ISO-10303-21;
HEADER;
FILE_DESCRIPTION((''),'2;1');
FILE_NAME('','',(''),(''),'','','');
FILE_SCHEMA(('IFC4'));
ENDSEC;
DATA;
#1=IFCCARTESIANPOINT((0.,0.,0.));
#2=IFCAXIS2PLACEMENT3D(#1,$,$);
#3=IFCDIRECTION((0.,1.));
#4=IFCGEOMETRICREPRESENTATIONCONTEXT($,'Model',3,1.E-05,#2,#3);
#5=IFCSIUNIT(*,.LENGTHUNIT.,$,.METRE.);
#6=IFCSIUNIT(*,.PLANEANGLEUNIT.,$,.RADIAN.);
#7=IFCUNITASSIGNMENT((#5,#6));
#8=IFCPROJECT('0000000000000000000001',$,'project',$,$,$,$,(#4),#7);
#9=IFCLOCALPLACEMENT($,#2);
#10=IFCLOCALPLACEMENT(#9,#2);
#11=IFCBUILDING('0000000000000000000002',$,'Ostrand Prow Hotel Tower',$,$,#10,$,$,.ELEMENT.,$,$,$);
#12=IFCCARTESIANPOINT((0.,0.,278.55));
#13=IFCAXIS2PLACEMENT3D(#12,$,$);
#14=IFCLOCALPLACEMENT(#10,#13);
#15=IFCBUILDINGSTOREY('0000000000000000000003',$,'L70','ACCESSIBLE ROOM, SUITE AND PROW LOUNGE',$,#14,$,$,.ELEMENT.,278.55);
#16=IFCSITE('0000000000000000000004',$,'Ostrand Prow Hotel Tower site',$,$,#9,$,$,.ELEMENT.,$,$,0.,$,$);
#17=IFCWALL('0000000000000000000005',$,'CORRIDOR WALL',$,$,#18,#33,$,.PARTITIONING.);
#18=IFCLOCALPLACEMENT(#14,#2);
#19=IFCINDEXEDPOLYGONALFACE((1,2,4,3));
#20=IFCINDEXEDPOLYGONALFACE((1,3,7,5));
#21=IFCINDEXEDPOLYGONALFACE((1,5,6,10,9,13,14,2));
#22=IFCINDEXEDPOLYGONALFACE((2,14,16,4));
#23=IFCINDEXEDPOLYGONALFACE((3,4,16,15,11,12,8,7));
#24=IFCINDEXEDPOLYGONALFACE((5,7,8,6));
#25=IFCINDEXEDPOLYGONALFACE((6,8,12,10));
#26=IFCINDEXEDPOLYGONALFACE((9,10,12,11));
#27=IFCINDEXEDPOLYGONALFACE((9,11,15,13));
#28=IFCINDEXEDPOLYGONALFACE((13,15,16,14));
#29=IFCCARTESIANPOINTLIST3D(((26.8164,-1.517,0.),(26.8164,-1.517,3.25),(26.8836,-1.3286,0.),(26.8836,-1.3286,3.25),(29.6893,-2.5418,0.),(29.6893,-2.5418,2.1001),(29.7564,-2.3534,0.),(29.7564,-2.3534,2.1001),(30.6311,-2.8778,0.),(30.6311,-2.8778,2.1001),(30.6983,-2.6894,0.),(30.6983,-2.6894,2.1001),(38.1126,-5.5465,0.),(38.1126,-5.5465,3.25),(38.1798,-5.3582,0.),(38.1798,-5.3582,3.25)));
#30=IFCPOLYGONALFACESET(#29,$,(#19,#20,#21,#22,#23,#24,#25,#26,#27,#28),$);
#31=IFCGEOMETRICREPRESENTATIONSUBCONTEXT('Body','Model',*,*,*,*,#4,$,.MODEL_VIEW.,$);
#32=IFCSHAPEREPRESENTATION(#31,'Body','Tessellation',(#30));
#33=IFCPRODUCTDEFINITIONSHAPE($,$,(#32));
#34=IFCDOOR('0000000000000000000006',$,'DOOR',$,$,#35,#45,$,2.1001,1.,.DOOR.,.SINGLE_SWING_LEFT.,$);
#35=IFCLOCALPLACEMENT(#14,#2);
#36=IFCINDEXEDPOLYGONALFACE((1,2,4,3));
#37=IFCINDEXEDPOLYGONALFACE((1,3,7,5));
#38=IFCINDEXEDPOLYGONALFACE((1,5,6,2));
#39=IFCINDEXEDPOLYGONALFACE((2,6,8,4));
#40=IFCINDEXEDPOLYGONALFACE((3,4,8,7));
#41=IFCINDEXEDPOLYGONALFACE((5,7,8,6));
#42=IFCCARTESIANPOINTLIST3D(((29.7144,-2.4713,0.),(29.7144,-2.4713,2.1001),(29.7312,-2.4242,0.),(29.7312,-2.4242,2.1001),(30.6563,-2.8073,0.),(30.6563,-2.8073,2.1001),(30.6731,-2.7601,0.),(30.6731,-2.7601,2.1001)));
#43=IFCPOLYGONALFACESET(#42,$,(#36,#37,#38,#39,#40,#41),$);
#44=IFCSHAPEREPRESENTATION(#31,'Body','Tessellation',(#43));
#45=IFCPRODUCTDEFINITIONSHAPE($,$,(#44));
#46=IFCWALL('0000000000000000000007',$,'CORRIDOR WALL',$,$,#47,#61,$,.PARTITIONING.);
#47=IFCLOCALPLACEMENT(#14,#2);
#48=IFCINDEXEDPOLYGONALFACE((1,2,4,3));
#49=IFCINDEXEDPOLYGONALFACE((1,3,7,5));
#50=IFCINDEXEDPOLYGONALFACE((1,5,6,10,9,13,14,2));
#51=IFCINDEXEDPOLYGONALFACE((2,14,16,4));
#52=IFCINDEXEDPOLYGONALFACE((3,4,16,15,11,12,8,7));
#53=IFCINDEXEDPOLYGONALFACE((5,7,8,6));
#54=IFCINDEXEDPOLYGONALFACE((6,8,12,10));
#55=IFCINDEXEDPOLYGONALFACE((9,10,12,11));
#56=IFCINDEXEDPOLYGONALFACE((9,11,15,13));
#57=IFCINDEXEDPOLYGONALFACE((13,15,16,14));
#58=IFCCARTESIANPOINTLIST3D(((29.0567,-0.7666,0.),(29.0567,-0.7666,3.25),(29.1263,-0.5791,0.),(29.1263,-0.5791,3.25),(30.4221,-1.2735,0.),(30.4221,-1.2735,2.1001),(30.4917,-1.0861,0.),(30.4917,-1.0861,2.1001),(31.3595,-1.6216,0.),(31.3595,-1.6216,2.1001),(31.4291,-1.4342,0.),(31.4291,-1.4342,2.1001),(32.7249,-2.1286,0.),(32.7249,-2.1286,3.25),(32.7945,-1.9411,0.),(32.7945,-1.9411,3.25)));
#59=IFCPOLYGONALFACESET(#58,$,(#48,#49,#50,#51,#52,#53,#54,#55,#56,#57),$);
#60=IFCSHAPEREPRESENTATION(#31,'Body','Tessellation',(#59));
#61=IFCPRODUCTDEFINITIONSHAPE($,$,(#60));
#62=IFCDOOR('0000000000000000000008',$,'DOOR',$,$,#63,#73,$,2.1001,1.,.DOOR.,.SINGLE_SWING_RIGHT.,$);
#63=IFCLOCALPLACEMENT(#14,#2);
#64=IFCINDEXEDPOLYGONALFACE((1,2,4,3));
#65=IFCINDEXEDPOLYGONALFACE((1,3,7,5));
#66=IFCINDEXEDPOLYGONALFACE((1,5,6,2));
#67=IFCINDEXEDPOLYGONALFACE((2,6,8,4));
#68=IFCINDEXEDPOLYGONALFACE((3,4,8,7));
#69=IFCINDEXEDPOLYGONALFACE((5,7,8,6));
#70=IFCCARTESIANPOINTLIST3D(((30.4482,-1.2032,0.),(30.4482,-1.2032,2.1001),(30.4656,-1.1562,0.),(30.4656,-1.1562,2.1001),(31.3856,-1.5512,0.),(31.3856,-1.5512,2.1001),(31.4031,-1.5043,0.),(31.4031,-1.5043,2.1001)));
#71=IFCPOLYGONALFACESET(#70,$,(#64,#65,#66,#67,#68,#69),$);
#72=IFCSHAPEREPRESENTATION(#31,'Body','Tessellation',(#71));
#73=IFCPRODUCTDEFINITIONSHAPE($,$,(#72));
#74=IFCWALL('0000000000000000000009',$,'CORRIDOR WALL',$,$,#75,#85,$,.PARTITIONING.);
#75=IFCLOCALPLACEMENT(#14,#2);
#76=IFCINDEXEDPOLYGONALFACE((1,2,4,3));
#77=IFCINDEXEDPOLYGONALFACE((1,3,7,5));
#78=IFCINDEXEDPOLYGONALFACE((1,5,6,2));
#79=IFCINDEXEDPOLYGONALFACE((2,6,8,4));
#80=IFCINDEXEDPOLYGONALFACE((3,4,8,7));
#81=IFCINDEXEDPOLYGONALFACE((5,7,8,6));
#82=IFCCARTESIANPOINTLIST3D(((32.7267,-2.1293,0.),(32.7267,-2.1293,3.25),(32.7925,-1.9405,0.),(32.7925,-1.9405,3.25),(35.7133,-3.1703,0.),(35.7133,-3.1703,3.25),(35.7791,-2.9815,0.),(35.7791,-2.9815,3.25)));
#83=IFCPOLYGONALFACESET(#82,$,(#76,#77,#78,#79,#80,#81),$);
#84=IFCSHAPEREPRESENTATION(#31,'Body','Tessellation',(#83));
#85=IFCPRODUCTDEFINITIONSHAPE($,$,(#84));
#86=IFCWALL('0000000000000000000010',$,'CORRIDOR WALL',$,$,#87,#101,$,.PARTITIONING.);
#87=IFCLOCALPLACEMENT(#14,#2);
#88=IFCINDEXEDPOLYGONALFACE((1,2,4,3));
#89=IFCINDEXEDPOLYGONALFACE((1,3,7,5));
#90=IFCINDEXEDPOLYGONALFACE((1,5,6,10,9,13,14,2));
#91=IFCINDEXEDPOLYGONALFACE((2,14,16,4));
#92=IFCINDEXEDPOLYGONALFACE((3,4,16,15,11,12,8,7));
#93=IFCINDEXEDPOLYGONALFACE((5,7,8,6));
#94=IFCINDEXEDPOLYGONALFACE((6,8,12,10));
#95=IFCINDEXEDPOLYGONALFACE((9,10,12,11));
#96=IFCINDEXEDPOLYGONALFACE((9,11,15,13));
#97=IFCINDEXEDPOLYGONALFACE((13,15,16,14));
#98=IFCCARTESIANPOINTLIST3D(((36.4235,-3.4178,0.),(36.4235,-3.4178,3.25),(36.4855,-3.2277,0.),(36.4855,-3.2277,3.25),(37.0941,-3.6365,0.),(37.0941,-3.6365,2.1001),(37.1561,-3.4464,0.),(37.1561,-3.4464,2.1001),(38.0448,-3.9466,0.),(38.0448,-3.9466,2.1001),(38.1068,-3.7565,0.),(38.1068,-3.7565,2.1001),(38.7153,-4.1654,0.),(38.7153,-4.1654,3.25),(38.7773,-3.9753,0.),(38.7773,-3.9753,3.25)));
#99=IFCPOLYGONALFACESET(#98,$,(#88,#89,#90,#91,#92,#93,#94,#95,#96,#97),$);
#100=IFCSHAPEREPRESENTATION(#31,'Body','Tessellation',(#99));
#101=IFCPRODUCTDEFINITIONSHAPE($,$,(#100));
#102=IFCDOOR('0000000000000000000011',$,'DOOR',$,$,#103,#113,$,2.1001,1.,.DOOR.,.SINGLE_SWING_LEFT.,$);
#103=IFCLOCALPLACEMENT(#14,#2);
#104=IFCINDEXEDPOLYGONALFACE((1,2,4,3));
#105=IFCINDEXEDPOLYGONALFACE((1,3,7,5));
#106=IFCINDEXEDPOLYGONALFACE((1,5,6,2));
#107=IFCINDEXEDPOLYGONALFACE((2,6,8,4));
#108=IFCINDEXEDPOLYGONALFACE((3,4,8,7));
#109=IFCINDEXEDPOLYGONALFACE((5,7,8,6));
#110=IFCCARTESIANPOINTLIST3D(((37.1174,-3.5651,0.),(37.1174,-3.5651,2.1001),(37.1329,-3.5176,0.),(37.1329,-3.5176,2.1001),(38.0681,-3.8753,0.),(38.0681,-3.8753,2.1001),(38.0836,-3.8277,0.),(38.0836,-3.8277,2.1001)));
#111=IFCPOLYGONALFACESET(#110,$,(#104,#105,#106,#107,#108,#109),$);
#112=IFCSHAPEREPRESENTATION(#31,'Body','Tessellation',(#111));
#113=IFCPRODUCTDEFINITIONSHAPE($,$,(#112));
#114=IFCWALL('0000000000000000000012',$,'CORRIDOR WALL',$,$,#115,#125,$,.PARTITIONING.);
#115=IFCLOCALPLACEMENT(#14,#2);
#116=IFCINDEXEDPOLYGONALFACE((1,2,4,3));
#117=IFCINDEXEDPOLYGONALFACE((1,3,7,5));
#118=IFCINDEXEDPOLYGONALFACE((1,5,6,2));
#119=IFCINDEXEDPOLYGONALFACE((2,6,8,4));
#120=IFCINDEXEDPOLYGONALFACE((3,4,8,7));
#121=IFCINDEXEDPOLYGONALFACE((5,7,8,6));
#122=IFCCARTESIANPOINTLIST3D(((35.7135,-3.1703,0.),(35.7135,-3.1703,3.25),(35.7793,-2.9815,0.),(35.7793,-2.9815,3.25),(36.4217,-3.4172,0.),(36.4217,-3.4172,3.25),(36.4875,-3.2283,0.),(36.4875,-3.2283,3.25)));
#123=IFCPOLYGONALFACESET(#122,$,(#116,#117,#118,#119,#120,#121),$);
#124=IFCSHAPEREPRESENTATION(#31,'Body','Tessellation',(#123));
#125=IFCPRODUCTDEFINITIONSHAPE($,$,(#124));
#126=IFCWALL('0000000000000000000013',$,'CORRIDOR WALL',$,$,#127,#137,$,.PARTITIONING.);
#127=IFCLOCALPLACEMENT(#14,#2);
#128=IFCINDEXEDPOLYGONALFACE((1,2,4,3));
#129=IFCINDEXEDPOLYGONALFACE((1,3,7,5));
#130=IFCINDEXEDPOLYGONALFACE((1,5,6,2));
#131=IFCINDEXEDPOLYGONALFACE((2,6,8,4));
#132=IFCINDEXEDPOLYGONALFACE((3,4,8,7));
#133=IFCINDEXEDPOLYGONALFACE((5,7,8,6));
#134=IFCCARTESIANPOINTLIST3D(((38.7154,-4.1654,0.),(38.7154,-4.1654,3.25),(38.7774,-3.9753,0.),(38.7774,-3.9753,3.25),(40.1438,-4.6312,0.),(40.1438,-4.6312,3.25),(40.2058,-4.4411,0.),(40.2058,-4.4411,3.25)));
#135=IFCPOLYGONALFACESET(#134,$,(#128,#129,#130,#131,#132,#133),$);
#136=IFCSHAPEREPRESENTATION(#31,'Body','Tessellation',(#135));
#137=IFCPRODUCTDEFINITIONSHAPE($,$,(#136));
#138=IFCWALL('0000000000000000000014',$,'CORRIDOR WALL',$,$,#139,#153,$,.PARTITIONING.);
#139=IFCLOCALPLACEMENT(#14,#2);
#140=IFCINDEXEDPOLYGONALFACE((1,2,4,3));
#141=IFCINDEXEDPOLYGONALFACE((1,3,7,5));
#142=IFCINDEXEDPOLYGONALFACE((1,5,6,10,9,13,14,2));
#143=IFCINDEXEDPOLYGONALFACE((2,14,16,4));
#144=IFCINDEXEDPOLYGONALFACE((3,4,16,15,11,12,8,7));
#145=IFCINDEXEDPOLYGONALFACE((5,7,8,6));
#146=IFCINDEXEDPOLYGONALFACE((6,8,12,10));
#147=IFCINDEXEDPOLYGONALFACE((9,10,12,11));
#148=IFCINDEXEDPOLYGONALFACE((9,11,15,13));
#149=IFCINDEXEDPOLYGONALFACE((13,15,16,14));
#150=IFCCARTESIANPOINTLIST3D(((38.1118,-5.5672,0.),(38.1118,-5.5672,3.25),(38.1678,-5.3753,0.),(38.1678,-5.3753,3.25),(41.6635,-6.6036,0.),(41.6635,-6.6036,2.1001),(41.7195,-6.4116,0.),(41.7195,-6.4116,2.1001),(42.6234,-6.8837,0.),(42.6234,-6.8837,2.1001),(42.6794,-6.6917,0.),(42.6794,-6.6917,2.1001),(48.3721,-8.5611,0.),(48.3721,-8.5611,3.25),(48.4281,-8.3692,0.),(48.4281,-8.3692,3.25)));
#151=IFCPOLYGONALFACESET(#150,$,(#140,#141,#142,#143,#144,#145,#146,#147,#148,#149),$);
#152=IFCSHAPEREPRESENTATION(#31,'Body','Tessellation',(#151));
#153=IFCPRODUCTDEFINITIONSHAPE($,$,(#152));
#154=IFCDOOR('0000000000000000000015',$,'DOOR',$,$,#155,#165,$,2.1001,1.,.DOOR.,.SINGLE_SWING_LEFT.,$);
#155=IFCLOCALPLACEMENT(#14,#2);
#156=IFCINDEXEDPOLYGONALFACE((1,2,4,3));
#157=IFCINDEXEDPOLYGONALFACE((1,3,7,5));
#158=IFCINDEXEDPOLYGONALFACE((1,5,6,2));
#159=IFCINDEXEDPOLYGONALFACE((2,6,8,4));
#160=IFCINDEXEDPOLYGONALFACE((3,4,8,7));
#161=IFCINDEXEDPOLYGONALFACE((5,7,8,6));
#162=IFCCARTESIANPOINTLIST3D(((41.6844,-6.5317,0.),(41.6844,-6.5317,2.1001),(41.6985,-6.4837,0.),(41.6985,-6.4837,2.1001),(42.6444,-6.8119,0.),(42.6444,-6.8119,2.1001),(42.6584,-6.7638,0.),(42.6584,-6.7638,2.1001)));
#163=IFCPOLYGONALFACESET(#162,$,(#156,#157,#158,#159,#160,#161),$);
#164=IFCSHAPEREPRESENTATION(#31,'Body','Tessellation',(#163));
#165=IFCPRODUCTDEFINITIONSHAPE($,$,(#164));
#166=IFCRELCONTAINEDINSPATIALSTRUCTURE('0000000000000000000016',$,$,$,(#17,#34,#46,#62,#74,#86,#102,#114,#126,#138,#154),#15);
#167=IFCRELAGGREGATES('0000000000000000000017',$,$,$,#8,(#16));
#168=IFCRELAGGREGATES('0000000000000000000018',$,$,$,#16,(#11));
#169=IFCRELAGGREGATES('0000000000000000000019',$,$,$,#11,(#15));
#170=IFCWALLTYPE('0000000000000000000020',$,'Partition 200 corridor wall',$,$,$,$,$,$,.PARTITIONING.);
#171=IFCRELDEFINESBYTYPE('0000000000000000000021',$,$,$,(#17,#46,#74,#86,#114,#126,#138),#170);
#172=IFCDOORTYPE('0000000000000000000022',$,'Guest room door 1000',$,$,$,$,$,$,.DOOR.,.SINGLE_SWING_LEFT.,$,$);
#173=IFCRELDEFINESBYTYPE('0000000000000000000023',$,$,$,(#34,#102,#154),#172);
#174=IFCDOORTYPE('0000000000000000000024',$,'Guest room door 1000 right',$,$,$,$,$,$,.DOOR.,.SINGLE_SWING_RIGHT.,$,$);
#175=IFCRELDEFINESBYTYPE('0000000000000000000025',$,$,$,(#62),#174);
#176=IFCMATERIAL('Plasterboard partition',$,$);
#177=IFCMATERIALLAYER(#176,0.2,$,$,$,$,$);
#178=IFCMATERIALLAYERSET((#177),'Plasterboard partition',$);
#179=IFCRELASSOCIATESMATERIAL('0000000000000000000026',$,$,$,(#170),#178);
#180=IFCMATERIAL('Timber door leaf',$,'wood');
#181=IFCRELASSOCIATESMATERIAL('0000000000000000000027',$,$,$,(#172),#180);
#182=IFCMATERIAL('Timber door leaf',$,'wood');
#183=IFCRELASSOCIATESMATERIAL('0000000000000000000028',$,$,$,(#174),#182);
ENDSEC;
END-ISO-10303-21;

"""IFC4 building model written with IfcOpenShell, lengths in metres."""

from ifc_helpers import new_model, si_unit, direction, frame, frame_2d, origin, place, context, subcontext, project, spatial, rectangle, extrude, material, layer, layer_set, type_object, element, fill, save


model = new_model("IFC4")

# Units and contexts
model_context = context("Model", 3, precision=1e-05, world=origin(), true_north=direction((0.0, 1.0)))
body_context = subcontext(model_context, "Body", "Model", "MODEL_VIEW")
ifc_project = project(units=[si_unit("LENGTHUNIT", "METRE"), si_unit("PLANEANGLEUNIT", "RADIAN")], contexts=[model_context])

# Site, building, storey
site_placement = place(None, origin())
site = spatial("IfcSite", under=ifc_project, at=site_placement, Name="Ostrand Prow Hotel Tower site", CompositionType="ELEMENT", RefElevation=0.0)
building_placement = place(site_placement, origin())
building = spatial("IfcBuilding", under=site, at=building_placement, Name="Ostrand Prow Hotel Tower", CompositionType="ELEMENT")
storey_placement = place(building_placement, frame((0.0, 0.0, 278.55)))
storey = spatial("IfcBuildingStorey", under=building, at=storey_placement, Name="L70", Description="ACCESSIBLE ROOM, SUITE AND PROW LOUNGE", CompositionType="ELEMENT", Elevation=278.55)

# Walls, openings, doors
ifc_material_1 = material(Name="Plasterboard partition")
ifc_layer_1 = layer(ifc_material_1, 0.2)
ifc_layer_set_1 = layer_set([ifc_layer_1], Name="Plasterboard partition")
wall_type_1 = type_object("IfcWallType", Name="Partition 200 corridor wall", PredefinedType="PARTITIONING", material=ifc_layer_set_1)
wall_1_placement = place(storey_placement, frame((26.8501, -1.4229, 0.0), z_axis=(0.0, 0.0, 1.0), x_axis=(0.941868, -0.335982, 0.0)))
wall_1 = element("IfcWall", 1, at=wall_1_placement, inside=storey, type_object=wall_type_1, Name="CORRIDOR WALL", PredefinedType="PARTITIONING", context=body_context, shape_type="SweptSolid", body=[
    extrude(rectangle(XDim=11.9934, YDim=0.2, at=frame_2d((5.9966, 0.0))), origin(), (0.0, 0.0, 1.0), 3.25),
])
opening_1_placement = place(wall_1_placement, frame((3.05, 0.0, 0.0)))
opening_1 = element("IfcOpeningElement", 2, at=opening_1_placement, cuts=wall_1, PredefinedType="OPENING", context=body_context, shape_type="SweptSolid", body=[
    extrude(rectangle(XDim=1.0, YDim=2.1001, at=frame_2d((0.5, 1.05))), frame((0.0, 0.1099, 0.0), z_axis=(0.0, -1.0, 0.0), x_axis=(1.0, 0.0, 0.0)), (0.0, 0.0, 1.0), 0.22),
])
ifc_material_2 = material(Name="Timber door leaf", Category="wood")
door_type_1 = type_object("IfcDoorType", Name="Guest room door 1000", OperationType="SINGLE_SWING_LEFT", PredefinedType="DOOR", material=ifc_material_2)
door_1_placement = place(opening_1_placement, origin())
door_1 = element("IfcDoor", 3, at=door_1_placement, inside=storey, type_object=door_type_1, Name="DOOR", OperationType="SINGLE_SWING_LEFT", OverallHeight=2.1001, OverallWidth=1.0, PredefinedType="DOOR", context=body_context, shape_type="SweptSolid", body=[
    extrude(rectangle(XDim=1.0, YDim=2.1001, at=frame_2d((0.5, 1.05))), frame((0.0, 0.0249, 0.0), z_axis=(0.0, -1.0, 0.0), x_axis=(1.0, 0.0, 0.0)), (0.0, 0.0, 1.0), 0.05),
])
fill(opening_1, door_1)
wall_2_placement = place(storey_placement, frame((32.7598, -2.0349, 0.0), z_axis=(0.0, 0.0, 1.0), x_axis=(-0.93746, 0.348093, 0.0)))
wall_2 = element("IfcWall", 4, at=wall_2_placement, inside=storey, type_object=wall_type_1, Name="CORRIDOR WALL", PredefinedType="PARTITIONING", context=body_context, shape_type="SweptSolid", body=[
    extrude(rectangle(XDim=3.9128, YDim=0.2, at=frame_2d((1.9565, 0.0))), origin(), (0.0, 0.0, 1.0), 3.25),
])
opening_2_placement = place(wall_2_placement, frame((1.4565, 0.0, 0.0)))
opening_2 = element("IfcOpeningElement", 5, at=opening_2_placement, cuts=wall_2, PredefinedType="OPENING", context=body_context, shape_type="SweptSolid", body=[
    extrude(rectangle(XDim=1.0, YDim=2.1001, at=frame_2d((0.5, 1.05))), frame((0.0, 0.1099, 0.0), z_axis=(0.0, -1.0, 0.0), x_axis=(1.0, 0.0, 0.0)), (0.0, 0.0, 1.0), 0.22),
])
ifc_material_3 = material(Name="Timber door leaf", Category="wood")
door_type_2 = type_object("IfcDoorType", Name="Guest room door 1000 right", OperationType="SINGLE_SWING_RIGHT", PredefinedType="DOOR", material=ifc_material_3)
door_2_placement = place(opening_2_placement, origin())
door_2 = element("IfcDoor", 6, at=door_2_placement, inside=storey, type_object=door_type_2, Name="DOOR", OperationType="SINGLE_SWING_RIGHT", OverallHeight=2.1001, OverallWidth=1.0, PredefinedType="DOOR", context=body_context, shape_type="SweptSolid", body=[
    extrude(rectangle(XDim=1.0, YDim=2.1001, at=frame_2d((0.5, 1.05))), frame((0.0, 0.0249, 0.0), z_axis=(0.0, -1.0, 0.0), x_axis=(1.0, 0.0, 0.0)), (0.0, 0.0, 1.0), 0.05),
])
fill(opening_2, door_2)

# Wall
wall_3_placement = place(storey_placement, frame((35.7463, -3.0759, 0.0), z_axis=(0.0, 0.0, 1.0), x_axis=(-0.94428, 0.329143, 0.0)))
element("IfcWall", 7, at=wall_3_placement, inside=storey, type_object=wall_type_1, Name="CORRIDOR WALL", PredefinedType="PARTITIONING", context=body_context, shape_type="SweptSolid", body=[
    extrude(rectangle(XDim=3.1628, YDim=0.2, at=frame_2d((1.5815, 0.0))), origin(), (0.0, 0.0, 1.0), 3.25),
])

# Wall, opening, door
wall_4_placement = place(storey_placement, frame((38.7463, -4.0703, 0.0), z_axis=(0.0, 0.0, 1.0), x_axis=(-0.950699, 0.310114, 0.0)))
wall_4 = element("IfcWall", 8, at=wall_4_placement, inside=storey, type_object=wall_type_1, Name="CORRIDOR WALL", PredefinedType="PARTITIONING", context=body_context, shape_type="SweptSolid", body=[
    extrude(rectangle(XDim=2.4106, YDim=0.2, at=frame_2d((1.2053, 0.0))), origin(), (0.0, 0.0, 1.0), 3.25),
])
opening_3_placement = place(wall_4_placement, frame((0.7053, 0.0, 0.0)))
opening_3 = element("IfcOpeningElement", 9, at=opening_3_placement, cuts=wall_4, PredefinedType="OPENING", context=body_context, shape_type="SweptSolid", body=[
    extrude(rectangle(XDim=1.0, YDim=2.1001, at=frame_2d((0.5, 1.05))), frame((0.0, 0.1099, 0.0), z_axis=(0.0, -1.0, 0.0), x_axis=(1.0, 0.0, 0.0)), (0.0, 0.0, 1.0), 0.22),
])
door_3_placement = place(opening_3_placement, origin())
door_3 = element("IfcDoor", 10, at=door_3_placement, inside=storey, type_object=door_type_1, Name="DOOR", OperationType="SINGLE_SWING_LEFT", OverallHeight=2.1001, OverallWidth=1.0, PredefinedType="DOOR", context=body_context, shape_type="SweptSolid", body=[
    extrude(rectangle(XDim=1.0, YDim=2.1001, at=frame_2d((0.5, 1.05))), frame((0.0, 0.0249, 0.0), z_axis=(0.0, -1.0, 0.0), x_axis=(1.0, 0.0, 0.0)), (0.0, 0.0, 1.0), 0.05),
])
fill(opening_3, door_3)

# Walls
wall_5_placement = place(storey_placement, frame((36.4546, -3.3228, 0.0), z_axis=(0.0, 0.0, 1.0), x_axis=(-0.944299, 0.329089, 0.0)))
element("IfcWall", 11, at=wall_5_placement, inside=storey, type_object=wall_type_1, Name="CORRIDOR WALL", PredefinedType="PARTITIONING", context=body_context, shape_type="SweptSolid", body=[
    extrude(rectangle(XDim=0.75, YDim=0.2, at=frame_2d((0.375, 0.0))), origin(), (0.0, 0.0, 1.0), 3.25),
])
wall_6_placement = place(storey_placement, frame((40.1748, -4.5361, 0.0), z_axis=(0.0, 0.0, 1.0), x_axis=(-0.950727, 0.31003, 0.0)))
element("IfcWall", 12, at=wall_6_placement, inside=storey, type_object=wall_type_1, Name="CORRIDOR WALL", PredefinedType="PARTITIONING", context=body_context, shape_type="SweptSolid", body=[
    extrude(rectangle(XDim=1.5024, YDim=0.2, at=frame_2d((0.7512, 0.0))), origin(), (0.0, 0.0, 1.0), 3.25),
])

# Wall, opening, door
wall_7_placement = place(storey_placement, frame((38.1396, -5.4712, 0.0), z_axis=(0.0, 0.0, 1.0), x_axis=(0.959967, -0.280114, 0.0)))
wall_7 = element("IfcWall", 13, at=wall_7_placement, inside=storey, type_object=wall_type_1, Name="CORRIDOR WALL", PredefinedType="PARTITIONING", context=body_context, shape_type="SweptSolid", body=[
    extrude(rectangle(XDim=10.6882, YDim=0.2, at=frame_2d((5.3442, 0.0))), origin(), (0.0, 0.0, 1.0), 3.25),
])
opening_4_placement = place(wall_7_placement, frame((3.7, 0.0, 0.0)))
opening_4 = element("IfcOpeningElement", 14, at=opening_4_placement, cuts=wall_7, PredefinedType="OPENING", context=body_context, shape_type="SweptSolid", body=[
    extrude(rectangle(XDim=1.0, YDim=2.1001, at=frame_2d((0.5, 1.05))), frame((0.0, 0.1099, 0.0), z_axis=(0.0, -1.0, 0.0), x_axis=(1.0, 0.0, 0.0)), (0.0, 0.0, 1.0), 0.22),
])
door_4_placement = place(opening_4_placement, origin())
door_4 = element("IfcDoor", 15, at=door_4_placement, inside=storey, type_object=door_type_1, Name="DOOR", OperationType="SINGLE_SWING_LEFT", OverallHeight=2.1001, OverallWidth=1.0, PredefinedType="DOOR", context=body_context, shape_type="SweptSolid", body=[
    extrude(rectangle(XDim=1.0, YDim=2.1001, at=frame_2d((0.5, 1.05))), frame((0.0, 0.0249, 0.0), z_axis=(0.0, -1.0, 0.0), x_axis=(1.0, 0.0, 0.0)), (0.0, 0.0, 1.0), 0.05),
])
fill(opening_4, door_4)

save(model, "model.ifc")
